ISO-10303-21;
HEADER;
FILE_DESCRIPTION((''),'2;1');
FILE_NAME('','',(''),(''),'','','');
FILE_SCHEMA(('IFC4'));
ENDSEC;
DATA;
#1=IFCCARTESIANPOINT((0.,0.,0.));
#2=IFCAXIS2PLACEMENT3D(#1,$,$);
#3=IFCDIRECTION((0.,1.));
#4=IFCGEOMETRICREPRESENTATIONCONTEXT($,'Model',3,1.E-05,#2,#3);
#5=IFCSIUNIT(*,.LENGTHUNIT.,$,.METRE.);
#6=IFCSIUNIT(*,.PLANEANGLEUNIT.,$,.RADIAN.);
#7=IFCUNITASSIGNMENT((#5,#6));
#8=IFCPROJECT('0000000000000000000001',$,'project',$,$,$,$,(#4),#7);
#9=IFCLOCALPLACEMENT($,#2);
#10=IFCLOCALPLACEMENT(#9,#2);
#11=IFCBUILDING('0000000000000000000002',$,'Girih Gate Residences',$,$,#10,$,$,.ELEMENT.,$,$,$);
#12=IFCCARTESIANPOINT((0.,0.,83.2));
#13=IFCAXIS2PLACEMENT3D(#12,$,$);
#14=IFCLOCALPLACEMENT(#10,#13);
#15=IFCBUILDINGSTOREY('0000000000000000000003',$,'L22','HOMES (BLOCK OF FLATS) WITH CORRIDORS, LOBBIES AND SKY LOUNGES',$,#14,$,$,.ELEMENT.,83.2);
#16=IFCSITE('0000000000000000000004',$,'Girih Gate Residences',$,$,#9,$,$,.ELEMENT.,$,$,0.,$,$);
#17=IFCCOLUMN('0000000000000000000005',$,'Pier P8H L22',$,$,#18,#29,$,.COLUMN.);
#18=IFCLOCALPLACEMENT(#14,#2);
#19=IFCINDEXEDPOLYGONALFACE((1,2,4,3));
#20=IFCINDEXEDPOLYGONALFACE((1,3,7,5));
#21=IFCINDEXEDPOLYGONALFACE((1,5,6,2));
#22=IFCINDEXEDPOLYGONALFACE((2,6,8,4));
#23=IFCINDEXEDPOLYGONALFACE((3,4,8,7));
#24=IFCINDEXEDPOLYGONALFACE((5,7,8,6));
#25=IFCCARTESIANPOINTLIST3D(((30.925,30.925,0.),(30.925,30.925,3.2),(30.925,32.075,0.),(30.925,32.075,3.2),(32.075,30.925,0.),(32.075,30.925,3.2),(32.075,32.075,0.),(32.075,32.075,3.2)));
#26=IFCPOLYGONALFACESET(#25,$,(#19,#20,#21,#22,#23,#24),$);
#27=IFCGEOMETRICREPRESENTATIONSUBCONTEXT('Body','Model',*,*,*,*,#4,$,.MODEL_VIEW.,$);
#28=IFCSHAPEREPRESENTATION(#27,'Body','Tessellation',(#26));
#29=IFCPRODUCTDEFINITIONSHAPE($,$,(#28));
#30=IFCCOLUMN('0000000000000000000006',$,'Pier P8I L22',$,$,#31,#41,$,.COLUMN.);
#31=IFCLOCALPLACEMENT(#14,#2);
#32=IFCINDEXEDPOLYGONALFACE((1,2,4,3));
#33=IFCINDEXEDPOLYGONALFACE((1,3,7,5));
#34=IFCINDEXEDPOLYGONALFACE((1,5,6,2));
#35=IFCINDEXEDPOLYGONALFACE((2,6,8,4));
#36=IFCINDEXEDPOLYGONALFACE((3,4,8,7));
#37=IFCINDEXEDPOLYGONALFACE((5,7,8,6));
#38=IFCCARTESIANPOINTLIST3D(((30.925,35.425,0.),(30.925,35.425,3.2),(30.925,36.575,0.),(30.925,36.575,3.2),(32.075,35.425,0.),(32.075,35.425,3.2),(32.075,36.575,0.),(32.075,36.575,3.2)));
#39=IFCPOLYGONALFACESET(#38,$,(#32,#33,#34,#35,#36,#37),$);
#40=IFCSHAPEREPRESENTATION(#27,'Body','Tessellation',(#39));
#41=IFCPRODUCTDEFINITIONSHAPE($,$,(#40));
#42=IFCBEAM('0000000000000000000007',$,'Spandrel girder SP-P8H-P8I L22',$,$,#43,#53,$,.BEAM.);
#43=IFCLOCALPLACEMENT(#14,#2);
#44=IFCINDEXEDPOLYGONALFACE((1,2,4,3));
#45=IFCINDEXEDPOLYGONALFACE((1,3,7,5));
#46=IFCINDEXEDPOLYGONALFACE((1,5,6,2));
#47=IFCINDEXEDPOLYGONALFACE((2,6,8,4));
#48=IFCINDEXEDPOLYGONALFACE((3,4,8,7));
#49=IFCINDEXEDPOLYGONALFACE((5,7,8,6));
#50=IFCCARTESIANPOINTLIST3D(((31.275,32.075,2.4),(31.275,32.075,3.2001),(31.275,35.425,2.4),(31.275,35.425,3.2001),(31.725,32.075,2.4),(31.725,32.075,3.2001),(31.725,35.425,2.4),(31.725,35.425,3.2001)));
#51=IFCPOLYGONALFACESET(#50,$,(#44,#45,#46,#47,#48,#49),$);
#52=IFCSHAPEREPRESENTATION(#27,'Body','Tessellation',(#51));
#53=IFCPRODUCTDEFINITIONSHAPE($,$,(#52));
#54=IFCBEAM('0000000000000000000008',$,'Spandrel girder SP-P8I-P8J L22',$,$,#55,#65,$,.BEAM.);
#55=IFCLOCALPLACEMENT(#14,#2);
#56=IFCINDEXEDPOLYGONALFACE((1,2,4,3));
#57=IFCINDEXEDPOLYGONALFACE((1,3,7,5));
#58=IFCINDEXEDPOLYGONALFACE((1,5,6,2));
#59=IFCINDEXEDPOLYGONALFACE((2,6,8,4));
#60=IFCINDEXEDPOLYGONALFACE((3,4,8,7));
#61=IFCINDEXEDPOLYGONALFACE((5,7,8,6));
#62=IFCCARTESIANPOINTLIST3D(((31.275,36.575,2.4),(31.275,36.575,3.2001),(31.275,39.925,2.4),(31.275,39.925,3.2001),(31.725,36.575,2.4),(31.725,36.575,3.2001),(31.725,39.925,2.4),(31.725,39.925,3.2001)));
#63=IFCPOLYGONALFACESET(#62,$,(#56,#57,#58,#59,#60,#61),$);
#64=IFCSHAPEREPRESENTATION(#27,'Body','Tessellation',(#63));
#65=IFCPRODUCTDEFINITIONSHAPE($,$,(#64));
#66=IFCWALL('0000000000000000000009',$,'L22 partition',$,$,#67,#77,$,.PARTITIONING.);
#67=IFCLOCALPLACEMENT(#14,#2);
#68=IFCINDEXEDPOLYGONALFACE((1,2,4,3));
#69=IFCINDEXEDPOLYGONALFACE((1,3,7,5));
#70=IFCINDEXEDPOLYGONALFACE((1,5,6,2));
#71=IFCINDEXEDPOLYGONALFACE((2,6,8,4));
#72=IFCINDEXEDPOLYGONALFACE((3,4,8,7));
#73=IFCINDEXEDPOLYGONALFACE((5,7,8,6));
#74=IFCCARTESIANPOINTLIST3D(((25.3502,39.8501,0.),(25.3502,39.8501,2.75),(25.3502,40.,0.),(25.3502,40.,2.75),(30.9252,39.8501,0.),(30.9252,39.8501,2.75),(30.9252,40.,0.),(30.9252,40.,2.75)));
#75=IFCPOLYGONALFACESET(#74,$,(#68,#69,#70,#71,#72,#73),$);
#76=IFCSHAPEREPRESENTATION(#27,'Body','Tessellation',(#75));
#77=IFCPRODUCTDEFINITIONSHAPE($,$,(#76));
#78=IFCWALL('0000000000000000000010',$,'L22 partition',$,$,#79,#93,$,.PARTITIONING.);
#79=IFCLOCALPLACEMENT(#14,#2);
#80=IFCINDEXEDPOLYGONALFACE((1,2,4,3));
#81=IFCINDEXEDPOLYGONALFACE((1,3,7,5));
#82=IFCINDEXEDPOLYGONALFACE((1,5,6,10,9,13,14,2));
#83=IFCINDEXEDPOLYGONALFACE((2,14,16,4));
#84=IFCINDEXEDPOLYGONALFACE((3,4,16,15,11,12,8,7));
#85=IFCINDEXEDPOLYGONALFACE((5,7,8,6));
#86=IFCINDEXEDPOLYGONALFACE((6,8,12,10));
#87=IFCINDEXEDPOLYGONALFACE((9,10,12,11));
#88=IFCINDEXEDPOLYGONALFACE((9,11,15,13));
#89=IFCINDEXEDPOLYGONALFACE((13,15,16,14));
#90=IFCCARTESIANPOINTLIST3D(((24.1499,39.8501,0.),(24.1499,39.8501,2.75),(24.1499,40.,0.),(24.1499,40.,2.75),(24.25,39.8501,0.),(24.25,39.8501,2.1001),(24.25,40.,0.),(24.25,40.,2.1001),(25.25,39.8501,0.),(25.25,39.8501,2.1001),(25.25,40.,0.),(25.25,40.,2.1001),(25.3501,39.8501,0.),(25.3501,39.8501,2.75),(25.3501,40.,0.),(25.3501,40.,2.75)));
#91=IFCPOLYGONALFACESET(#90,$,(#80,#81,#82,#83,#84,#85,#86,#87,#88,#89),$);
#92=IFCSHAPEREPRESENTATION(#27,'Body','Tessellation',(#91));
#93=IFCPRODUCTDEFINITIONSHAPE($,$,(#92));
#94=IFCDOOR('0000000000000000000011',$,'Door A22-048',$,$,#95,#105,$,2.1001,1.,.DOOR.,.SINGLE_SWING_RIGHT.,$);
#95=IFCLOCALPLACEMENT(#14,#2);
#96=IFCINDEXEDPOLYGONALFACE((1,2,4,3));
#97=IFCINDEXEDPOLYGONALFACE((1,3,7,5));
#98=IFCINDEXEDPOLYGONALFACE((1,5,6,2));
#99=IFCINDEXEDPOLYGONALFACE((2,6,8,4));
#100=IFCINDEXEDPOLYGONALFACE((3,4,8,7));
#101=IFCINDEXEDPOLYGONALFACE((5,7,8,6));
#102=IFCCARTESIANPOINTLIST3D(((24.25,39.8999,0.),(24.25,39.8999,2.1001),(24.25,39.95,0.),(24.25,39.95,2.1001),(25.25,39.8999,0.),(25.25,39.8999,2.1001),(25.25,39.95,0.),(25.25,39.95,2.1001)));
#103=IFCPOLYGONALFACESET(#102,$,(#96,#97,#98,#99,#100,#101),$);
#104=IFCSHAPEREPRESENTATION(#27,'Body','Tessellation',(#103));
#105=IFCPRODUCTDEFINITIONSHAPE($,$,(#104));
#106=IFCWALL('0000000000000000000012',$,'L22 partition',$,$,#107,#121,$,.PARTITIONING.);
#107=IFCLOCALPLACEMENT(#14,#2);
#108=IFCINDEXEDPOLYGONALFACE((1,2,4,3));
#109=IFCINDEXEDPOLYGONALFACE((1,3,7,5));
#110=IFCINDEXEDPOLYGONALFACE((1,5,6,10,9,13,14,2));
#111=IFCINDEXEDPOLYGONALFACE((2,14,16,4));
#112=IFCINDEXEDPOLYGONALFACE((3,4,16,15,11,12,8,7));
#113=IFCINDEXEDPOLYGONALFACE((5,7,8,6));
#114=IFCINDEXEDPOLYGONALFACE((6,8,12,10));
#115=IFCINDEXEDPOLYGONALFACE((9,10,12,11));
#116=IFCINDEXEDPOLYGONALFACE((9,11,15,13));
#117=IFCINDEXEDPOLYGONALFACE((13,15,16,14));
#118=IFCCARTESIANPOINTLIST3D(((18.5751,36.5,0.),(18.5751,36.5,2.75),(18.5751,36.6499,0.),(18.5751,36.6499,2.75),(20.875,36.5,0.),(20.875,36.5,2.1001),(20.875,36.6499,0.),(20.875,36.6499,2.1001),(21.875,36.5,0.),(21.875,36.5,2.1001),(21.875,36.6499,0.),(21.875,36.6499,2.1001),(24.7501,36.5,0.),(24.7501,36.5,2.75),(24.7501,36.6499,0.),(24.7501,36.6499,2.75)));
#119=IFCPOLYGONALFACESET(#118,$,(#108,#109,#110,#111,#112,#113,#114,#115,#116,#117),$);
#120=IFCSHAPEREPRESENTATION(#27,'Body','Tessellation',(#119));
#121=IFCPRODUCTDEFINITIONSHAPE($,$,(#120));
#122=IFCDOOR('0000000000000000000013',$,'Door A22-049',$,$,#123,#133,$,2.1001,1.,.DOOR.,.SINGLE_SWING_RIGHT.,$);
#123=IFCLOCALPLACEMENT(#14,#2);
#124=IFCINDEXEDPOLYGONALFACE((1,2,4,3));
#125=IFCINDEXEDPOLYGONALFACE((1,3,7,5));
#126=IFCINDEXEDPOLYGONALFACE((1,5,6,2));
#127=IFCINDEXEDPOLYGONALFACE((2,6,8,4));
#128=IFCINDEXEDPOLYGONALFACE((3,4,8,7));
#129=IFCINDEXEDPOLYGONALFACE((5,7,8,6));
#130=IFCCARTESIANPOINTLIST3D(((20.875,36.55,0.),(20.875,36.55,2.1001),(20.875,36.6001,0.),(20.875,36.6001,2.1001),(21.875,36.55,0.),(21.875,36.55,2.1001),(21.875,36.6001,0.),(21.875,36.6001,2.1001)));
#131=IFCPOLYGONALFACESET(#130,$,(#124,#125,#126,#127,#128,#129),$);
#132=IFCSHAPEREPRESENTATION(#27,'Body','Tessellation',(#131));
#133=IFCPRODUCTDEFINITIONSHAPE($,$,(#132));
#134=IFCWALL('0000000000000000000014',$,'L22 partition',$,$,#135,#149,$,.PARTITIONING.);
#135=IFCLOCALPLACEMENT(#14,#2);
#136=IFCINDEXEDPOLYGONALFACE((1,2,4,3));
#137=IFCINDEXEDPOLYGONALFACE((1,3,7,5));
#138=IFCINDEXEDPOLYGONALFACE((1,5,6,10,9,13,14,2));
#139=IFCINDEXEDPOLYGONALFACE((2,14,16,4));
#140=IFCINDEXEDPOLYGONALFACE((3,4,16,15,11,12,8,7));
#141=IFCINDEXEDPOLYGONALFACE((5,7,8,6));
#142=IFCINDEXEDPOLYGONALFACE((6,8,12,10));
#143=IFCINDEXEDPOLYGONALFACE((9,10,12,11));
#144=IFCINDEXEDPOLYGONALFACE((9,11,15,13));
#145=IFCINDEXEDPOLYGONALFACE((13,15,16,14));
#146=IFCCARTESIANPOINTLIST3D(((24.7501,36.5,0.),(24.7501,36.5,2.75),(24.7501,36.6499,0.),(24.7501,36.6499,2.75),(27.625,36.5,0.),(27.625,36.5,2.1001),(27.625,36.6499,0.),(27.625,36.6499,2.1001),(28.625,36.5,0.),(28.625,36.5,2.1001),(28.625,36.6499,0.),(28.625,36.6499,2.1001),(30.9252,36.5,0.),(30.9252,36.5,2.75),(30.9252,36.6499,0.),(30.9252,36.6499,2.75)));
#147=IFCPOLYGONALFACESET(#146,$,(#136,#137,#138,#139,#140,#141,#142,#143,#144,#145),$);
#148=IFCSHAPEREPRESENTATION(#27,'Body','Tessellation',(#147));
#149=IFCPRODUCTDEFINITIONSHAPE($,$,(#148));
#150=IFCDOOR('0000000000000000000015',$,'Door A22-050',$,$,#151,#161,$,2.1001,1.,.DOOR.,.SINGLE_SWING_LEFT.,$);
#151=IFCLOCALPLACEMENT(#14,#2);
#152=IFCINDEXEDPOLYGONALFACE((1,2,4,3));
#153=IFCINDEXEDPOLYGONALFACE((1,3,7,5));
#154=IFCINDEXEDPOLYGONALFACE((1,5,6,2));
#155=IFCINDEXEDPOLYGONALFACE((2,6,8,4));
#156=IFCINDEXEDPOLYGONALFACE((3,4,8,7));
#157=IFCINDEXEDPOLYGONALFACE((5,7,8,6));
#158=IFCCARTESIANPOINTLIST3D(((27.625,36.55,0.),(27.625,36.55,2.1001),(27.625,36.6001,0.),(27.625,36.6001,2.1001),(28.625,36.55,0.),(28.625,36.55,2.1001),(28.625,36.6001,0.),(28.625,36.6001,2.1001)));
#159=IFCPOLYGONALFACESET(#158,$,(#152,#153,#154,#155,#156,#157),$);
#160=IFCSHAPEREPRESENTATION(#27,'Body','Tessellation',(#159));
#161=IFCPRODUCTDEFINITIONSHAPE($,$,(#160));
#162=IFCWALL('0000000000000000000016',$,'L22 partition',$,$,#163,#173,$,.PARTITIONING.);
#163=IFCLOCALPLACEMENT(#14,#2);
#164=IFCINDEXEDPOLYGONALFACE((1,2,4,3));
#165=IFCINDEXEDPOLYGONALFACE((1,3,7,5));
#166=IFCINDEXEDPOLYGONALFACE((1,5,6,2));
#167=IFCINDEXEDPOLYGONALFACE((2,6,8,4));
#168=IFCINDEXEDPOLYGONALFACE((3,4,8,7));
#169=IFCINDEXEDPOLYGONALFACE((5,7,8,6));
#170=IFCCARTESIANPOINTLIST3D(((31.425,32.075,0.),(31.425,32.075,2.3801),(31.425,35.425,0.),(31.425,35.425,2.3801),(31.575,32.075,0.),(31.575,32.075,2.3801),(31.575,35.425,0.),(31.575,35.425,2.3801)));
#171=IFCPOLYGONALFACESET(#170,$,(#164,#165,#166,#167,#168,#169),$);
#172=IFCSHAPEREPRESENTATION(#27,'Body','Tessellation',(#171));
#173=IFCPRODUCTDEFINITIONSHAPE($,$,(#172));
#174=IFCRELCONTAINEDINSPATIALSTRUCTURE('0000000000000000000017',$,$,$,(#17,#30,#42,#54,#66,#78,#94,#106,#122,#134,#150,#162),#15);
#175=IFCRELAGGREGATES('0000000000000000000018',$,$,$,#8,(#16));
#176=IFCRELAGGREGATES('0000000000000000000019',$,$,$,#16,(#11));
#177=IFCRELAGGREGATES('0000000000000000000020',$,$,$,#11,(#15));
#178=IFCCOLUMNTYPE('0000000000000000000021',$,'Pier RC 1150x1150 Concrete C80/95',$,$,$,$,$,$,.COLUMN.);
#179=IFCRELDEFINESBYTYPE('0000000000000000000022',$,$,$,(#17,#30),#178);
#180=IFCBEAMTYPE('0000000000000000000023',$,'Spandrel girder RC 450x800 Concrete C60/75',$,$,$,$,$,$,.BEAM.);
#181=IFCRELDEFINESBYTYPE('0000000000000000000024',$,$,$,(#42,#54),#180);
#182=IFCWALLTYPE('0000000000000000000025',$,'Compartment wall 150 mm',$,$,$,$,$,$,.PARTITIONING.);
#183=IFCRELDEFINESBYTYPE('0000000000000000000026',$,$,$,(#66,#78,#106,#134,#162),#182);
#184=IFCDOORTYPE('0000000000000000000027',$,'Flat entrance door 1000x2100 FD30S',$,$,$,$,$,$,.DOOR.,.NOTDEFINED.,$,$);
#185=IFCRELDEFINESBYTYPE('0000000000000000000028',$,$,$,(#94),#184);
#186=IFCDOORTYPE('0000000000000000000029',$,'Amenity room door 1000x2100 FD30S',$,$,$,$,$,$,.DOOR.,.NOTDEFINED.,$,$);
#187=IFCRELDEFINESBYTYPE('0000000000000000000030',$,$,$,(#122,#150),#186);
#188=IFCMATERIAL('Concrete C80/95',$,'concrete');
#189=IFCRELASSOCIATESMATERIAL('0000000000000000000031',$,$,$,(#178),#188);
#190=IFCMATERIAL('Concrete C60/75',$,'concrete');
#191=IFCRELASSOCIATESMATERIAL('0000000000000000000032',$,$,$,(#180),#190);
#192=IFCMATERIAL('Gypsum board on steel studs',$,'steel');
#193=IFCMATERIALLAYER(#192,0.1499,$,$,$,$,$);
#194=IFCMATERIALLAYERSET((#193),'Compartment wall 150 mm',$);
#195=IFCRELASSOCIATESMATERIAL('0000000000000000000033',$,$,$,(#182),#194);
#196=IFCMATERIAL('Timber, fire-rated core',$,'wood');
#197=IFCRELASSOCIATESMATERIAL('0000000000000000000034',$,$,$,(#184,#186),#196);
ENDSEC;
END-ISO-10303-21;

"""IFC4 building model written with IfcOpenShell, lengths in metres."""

from ifc_helpers import new_model, si_unit, direction, frame, frame_2d, origin, origin_2d, place, context, subcontext, project, spatial, rectangle, extrude, material, layer, layer_set, material_profile, profile_set, type_object, element, fill, save


model = new_model("IFC4")

# Units and contexts
model_context = context("Model", 3, precision=1e-05, world=origin(), true_north=direction((0.0, 1.0)))
body_context = subcontext(model_context, "Body", "Model", "MODEL_VIEW")
ifc_project = project(units=[si_unit("LENGTHUNIT", "METRE"), si_unit("PLANEANGLEUNIT", "RADIAN")], contexts=[model_context])

# Site, building, storey
site_placement = place(None, origin())
site = spatial("IfcSite", under=ifc_project, at=site_placement, Name="Girih Gate Residences", CompositionType="ELEMENT", RefElevation=0.0)
building_placement = place(site_placement, origin())
building = spatial("IfcBuilding", under=site, at=building_placement, Name="Girih Gate Residences", CompositionType="ELEMENT")
storey_placement = place(building_placement, frame((0.0, 0.0, 83.2)))
storey = spatial("IfcBuildingStorey", under=building, at=storey_placement, Name="L22", Description="HOMES (BLOCK OF FLATS) WITH CORRIDORS, LOBBIES AND SKY LOUNGES", CompositionType="ELEMENT", Elevation=83.2)

# Columns
ifc_material_1 = material(Name="Concrete C80/95", Category="concrete")
ifc_material_profile_1 = material_profile(ifc_material_1, rectangle(XDim=1.1499, YDim=1.1499, at=origin_2d()))
ifc_profile_set_1 = profile_set([ifc_material_profile_1], Name="Concrete C80/95")
column_type = type_object("IfcColumnType", Name="Pier RC 1150x1150 Concrete C80/95", PredefinedType="COLUMN", material=ifc_profile_set_1)
for number, where, z_axis, x_axis, name in (
    (1, (31.5, 31.5, 0.0), (0.0, 0.0, 1.0), (1.0, 0.0, 0.0), "Pier P8H L22"),
    (2, (31.5, 36.0, 0.0), (0.0, 0.0, 1.0), (1.0, 0.0, 0.0), "Pier P8I L22"),
):
    element("IfcColumn", number, at=place(storey_placement, frame(where, z_axis=z_axis, x_axis=x_axis)), inside=storey, type_object=column_type, Name=name, PredefinedType="COLUMN", context=body_context, shape_type="SweptSolid", body=[
        extrude(rectangle(XDim=1.1499, YDim=1.1499, at=origin_2d()), origin(), (0.0, 0.0, 1.0), 3.2),
    ])

# Beams
ifc_material_2 = material(Name="Concrete C60/75", Category="concrete")
ifc_material_profile_2 = material_profile(ifc_material_2, rectangle(XDim=0.45, YDim=0.8, at=origin_2d()))
ifc_profile_set_2 = profile_set([ifc_material_profile_2], Name="Concrete C60/75")
beam_type = type_object("IfcBeamType", Name="Spandrel girder RC 450x800 Concrete C60/75", PredefinedType="BEAM", material=ifc_profile_set_2)
for number, where, z_axis, x_axis, name in (
    (3, (31.5, 32.075, 2.8), (0.0, 1.0, 0.0), (-1.0, 0.0, 0.0), "Spandrel girder SP-P8H-P8I L22"),
    (4, (31.5, 36.575, 2.8), (0.0, 1.0, 0.0), (-1.0, 0.0, 0.0), "Spandrel girder SP-P8I-P8J L22"),
):
    element("IfcBeam", number, at=place(storey_placement, frame(where, z_axis=z_axis, x_axis=x_axis)), inside=storey, type_object=beam_type, Name=name, PredefinedType="BEAM", context=body_context, shape_type="SweptSolid", body=[
        extrude(rectangle(XDim=0.45, YDim=0.8, at=origin_2d()), origin(), (0.0, 0.0, 1.0), 3.3501),
    ])

# Wall
ifc_material_3 = material(Name="Gypsum board on steel studs", Category="steel")
ifc_layer_1 = layer(ifc_material_3, 0.1499)
ifc_layer_set_1 = layer_set([ifc_layer_1], Name="Compartment wall 150 mm")
wall_type_1 = type_object("IfcWallType", Name="Compartment wall 150 mm", PredefinedType="PARTITIONING", material=ifc_layer_set_1)
wall_1_placement = place(storey_placement, frame((25.3501, 39.925, 0.0), z_axis=(0.0, 0.0, 1.0), x_axis=(1.0, 0.0, 0.0)))
element("IfcWall", 5, at=wall_1_placement, inside=storey, type_object=wall_type_1, Name="L22 partition", PredefinedType="PARTITIONING", context=body_context, shape_type="SweptSolid", body=[
    extrude(rectangle(XDim=5.575, YDim=0.1499, at=frame_2d((2.7876, 0.0))), origin(), (0.0, 0.0, 1.0), 2.75),
])

# Walls, openings, doors
wall_2_placement = place(storey_placement, frame((24.1499, 39.925, 0.0), z_axis=(0.0, 0.0, 1.0), x_axis=(1.0, 0.0, 0.0)))
wall_2 = element("IfcWall", 6, at=wall_2_placement, inside=storey, type_object=wall_type_1, Name="L22 partition", PredefinedType="PARTITIONING", context=body_context, shape_type="SweptSolid", body=[
    extrude(rectangle(XDim=1.2002, YDim=0.1499, at=frame_2d((0.6001, 0.0))), origin(), (0.0, 0.0, 1.0), 2.75),
])
opening_1_placement = place(wall_2_placement, frame((0.1001, 0.0, 0.0)))
opening_1 = element("IfcOpeningElement", 7, at=opening_1_placement, cuts=wall_2, PredefinedType="OPENING", context=body_context, shape_type="SweptSolid", body=[
    extrude(rectangle(XDim=1.0, YDim=2.1001, at=frame_2d((0.5, 1.05))), frame((0.0, 0.085, 0.0), z_axis=(0.0, -1.0, 0.0), x_axis=(1.0, 0.0, 0.0)), (0.0, 0.0, 1.0), 0.1699),
])
ifc_material_4 = material(Name="Timber, fire-rated core", Category="wood")
door_type_1 = type_object("IfcDoorType", Name="Flat entrance door 1000x2100 FD30S", OperationType="NOTDEFINED", PredefinedType="DOOR", material=ifc_material_4)
door_1_placement = place(opening_1_placement, origin())
door_1 = element("IfcDoor", 8, at=door_1_placement, inside=storey, type_object=door_type_1, Name="Door A22-048", OperationType="SINGLE_SWING_RIGHT", OverallHeight=2.1001, OverallWidth=1.0, PredefinedType="DOOR", context=body_context, shape_type="SweptSolid", body=[
    extrude(rectangle(XDim=1.0, YDim=2.1001, at=frame_2d((0.5, 1.05))), frame((0.0, 0.0249, 0.0), z_axis=(0.0, -1.0, 0.0), x_axis=(1.0, 0.0, 0.0)), (0.0, 0.0, 1.0), 0.05),
])
fill(opening_1, door_1)
wall_3_placement = place(storey_placement, frame((24.75, 36.575, 0.0), z_axis=(0.0, 0.0, 1.0), x_axis=(-1.0, 0.0, 0.0)))
wall_3 = element("IfcWall", 9, at=wall_3_placement, inside=storey, type_object=wall_type_1, Name="L22 partition", PredefinedType="PARTITIONING", context=body_context, shape_type="SweptSolid", body=[
    extrude(rectangle(XDim=6.175, YDim=0.1499, at=frame_2d((3.0874, 0.0))), origin(), (0.0, 0.0, 1.0), 2.75),
])
opening_2_placement = place(wall_3_placement, frame((2.875, 0.0, 0.0)))
opening_2 = element("IfcOpeningElement", 10, at=opening_2_placement, cuts=wall_3, PredefinedType="OPENING", context=body_context, shape_type="SweptSolid", body=[
    extrude(rectangle(XDim=1.0, YDim=2.1001, at=frame_2d((0.5, 1.05))), frame((0.0, 0.085, 0.0), z_axis=(0.0, -1.0, 0.0), x_axis=(1.0, 0.0, 0.0)), (0.0, 0.0, 1.0), 0.1699),
])
door_type_2 = type_object("IfcDoorType", Name="Amenity room door 1000x2100 FD30S", OperationType="NOTDEFINED", PredefinedType="DOOR", material=ifc_material_4)
door_2_placement = place(opening_2_placement, origin())
door_2 = element("IfcDoor", 11, at=door_2_placement, inside=storey, type_object=door_type_2, Name="Door A22-049", OperationType="SINGLE_SWING_RIGHT", OverallHeight=2.1001, OverallWidth=1.0, PredefinedType="DOOR", context=body_context, shape_type="SweptSolid", body=[
    extrude(rectangle(XDim=1.0, YDim=2.1001, at=frame_2d((0.5, 1.05))), frame((0.0, 0.0249, 0.0), z_axis=(0.0, -1.0, 0.0), x_axis=(1.0, 0.0, 0.0)), (0.0, 0.0, 1.0), 0.05),
])
fill(opening_2, door_2)
wall_4_placement = place(storey_placement, frame((30.925, 36.575, 0.0), z_axis=(0.0, 0.0, 1.0), x_axis=(-1.0, 0.0, 0.0)))
wall_4 = element("IfcWall", 12, at=wall_4_placement, inside=storey, type_object=wall_type_1, Name="L22 partition", PredefinedType="PARTITIONING", context=body_context, shape_type="SweptSolid", body=[
    extrude(rectangle(XDim=6.175, YDim=0.1499, at=frame_2d((3.0874, 0.0))), origin(), (0.0, 0.0, 1.0), 2.75),
])
opening_3_placement = place(wall_4_placement, frame((2.3, 0.0, 0.0)))
opening_3 = element("IfcOpeningElement", 13, at=opening_3_placement, cuts=wall_4, PredefinedType="OPENING", context=body_context, shape_type="SweptSolid", body=[
    extrude(rectangle(XDim=1.0, YDim=2.1001, at=frame_2d((0.5, 1.05))), frame((0.0, 0.085, 0.0), z_axis=(0.0, -1.0, 0.0), x_axis=(1.0, 0.0, 0.0)), (0.0, 0.0, 1.0), 0.1699),
])
door_3_placement = place(opening_3_placement, origin())
door_3 = element("IfcDoor", 14, at=door_3_placement, inside=storey, type_object=door_type_2, Name="Door A22-050", OperationType="SINGLE_SWING_LEFT", OverallHeight=2.1001, OverallWidth=1.0, PredefinedType="DOOR", context=body_context, shape_type="SweptSolid", body=[
    extrude(rectangle(XDim=1.0, YDim=2.1001, at=frame_2d((0.5, 1.05))), frame((0.0, 0.0249, 0.0), z_axis=(0.0, -1.0, 0.0), x_axis=(1.0, 0.0, 0.0)), (0.0, 0.0, 1.0), 0.05),
])
fill(opening_3, door_3)

# Wall
wall_5_placement = place(storey_placement, frame((31.5, 32.075, 0.0), z_axis=(0.0, 0.0, 1.0), x_axis=(0.0, 1.0, 0.0)))
element("IfcWall", 15, at=wall_5_placement, inside=storey, type_object=wall_type_1, Name="L22 partition", PredefinedType="PARTITIONING", context=body_context, shape_type="SweptSolid", body=[
    extrude(rectangle(XDim=3.3501, YDim=0.1499, at=frame_2d((1.675, 0.0))), origin(), (0.0, 0.0, 1.0), 2.3801),
])

save(model, "model.ifc")
